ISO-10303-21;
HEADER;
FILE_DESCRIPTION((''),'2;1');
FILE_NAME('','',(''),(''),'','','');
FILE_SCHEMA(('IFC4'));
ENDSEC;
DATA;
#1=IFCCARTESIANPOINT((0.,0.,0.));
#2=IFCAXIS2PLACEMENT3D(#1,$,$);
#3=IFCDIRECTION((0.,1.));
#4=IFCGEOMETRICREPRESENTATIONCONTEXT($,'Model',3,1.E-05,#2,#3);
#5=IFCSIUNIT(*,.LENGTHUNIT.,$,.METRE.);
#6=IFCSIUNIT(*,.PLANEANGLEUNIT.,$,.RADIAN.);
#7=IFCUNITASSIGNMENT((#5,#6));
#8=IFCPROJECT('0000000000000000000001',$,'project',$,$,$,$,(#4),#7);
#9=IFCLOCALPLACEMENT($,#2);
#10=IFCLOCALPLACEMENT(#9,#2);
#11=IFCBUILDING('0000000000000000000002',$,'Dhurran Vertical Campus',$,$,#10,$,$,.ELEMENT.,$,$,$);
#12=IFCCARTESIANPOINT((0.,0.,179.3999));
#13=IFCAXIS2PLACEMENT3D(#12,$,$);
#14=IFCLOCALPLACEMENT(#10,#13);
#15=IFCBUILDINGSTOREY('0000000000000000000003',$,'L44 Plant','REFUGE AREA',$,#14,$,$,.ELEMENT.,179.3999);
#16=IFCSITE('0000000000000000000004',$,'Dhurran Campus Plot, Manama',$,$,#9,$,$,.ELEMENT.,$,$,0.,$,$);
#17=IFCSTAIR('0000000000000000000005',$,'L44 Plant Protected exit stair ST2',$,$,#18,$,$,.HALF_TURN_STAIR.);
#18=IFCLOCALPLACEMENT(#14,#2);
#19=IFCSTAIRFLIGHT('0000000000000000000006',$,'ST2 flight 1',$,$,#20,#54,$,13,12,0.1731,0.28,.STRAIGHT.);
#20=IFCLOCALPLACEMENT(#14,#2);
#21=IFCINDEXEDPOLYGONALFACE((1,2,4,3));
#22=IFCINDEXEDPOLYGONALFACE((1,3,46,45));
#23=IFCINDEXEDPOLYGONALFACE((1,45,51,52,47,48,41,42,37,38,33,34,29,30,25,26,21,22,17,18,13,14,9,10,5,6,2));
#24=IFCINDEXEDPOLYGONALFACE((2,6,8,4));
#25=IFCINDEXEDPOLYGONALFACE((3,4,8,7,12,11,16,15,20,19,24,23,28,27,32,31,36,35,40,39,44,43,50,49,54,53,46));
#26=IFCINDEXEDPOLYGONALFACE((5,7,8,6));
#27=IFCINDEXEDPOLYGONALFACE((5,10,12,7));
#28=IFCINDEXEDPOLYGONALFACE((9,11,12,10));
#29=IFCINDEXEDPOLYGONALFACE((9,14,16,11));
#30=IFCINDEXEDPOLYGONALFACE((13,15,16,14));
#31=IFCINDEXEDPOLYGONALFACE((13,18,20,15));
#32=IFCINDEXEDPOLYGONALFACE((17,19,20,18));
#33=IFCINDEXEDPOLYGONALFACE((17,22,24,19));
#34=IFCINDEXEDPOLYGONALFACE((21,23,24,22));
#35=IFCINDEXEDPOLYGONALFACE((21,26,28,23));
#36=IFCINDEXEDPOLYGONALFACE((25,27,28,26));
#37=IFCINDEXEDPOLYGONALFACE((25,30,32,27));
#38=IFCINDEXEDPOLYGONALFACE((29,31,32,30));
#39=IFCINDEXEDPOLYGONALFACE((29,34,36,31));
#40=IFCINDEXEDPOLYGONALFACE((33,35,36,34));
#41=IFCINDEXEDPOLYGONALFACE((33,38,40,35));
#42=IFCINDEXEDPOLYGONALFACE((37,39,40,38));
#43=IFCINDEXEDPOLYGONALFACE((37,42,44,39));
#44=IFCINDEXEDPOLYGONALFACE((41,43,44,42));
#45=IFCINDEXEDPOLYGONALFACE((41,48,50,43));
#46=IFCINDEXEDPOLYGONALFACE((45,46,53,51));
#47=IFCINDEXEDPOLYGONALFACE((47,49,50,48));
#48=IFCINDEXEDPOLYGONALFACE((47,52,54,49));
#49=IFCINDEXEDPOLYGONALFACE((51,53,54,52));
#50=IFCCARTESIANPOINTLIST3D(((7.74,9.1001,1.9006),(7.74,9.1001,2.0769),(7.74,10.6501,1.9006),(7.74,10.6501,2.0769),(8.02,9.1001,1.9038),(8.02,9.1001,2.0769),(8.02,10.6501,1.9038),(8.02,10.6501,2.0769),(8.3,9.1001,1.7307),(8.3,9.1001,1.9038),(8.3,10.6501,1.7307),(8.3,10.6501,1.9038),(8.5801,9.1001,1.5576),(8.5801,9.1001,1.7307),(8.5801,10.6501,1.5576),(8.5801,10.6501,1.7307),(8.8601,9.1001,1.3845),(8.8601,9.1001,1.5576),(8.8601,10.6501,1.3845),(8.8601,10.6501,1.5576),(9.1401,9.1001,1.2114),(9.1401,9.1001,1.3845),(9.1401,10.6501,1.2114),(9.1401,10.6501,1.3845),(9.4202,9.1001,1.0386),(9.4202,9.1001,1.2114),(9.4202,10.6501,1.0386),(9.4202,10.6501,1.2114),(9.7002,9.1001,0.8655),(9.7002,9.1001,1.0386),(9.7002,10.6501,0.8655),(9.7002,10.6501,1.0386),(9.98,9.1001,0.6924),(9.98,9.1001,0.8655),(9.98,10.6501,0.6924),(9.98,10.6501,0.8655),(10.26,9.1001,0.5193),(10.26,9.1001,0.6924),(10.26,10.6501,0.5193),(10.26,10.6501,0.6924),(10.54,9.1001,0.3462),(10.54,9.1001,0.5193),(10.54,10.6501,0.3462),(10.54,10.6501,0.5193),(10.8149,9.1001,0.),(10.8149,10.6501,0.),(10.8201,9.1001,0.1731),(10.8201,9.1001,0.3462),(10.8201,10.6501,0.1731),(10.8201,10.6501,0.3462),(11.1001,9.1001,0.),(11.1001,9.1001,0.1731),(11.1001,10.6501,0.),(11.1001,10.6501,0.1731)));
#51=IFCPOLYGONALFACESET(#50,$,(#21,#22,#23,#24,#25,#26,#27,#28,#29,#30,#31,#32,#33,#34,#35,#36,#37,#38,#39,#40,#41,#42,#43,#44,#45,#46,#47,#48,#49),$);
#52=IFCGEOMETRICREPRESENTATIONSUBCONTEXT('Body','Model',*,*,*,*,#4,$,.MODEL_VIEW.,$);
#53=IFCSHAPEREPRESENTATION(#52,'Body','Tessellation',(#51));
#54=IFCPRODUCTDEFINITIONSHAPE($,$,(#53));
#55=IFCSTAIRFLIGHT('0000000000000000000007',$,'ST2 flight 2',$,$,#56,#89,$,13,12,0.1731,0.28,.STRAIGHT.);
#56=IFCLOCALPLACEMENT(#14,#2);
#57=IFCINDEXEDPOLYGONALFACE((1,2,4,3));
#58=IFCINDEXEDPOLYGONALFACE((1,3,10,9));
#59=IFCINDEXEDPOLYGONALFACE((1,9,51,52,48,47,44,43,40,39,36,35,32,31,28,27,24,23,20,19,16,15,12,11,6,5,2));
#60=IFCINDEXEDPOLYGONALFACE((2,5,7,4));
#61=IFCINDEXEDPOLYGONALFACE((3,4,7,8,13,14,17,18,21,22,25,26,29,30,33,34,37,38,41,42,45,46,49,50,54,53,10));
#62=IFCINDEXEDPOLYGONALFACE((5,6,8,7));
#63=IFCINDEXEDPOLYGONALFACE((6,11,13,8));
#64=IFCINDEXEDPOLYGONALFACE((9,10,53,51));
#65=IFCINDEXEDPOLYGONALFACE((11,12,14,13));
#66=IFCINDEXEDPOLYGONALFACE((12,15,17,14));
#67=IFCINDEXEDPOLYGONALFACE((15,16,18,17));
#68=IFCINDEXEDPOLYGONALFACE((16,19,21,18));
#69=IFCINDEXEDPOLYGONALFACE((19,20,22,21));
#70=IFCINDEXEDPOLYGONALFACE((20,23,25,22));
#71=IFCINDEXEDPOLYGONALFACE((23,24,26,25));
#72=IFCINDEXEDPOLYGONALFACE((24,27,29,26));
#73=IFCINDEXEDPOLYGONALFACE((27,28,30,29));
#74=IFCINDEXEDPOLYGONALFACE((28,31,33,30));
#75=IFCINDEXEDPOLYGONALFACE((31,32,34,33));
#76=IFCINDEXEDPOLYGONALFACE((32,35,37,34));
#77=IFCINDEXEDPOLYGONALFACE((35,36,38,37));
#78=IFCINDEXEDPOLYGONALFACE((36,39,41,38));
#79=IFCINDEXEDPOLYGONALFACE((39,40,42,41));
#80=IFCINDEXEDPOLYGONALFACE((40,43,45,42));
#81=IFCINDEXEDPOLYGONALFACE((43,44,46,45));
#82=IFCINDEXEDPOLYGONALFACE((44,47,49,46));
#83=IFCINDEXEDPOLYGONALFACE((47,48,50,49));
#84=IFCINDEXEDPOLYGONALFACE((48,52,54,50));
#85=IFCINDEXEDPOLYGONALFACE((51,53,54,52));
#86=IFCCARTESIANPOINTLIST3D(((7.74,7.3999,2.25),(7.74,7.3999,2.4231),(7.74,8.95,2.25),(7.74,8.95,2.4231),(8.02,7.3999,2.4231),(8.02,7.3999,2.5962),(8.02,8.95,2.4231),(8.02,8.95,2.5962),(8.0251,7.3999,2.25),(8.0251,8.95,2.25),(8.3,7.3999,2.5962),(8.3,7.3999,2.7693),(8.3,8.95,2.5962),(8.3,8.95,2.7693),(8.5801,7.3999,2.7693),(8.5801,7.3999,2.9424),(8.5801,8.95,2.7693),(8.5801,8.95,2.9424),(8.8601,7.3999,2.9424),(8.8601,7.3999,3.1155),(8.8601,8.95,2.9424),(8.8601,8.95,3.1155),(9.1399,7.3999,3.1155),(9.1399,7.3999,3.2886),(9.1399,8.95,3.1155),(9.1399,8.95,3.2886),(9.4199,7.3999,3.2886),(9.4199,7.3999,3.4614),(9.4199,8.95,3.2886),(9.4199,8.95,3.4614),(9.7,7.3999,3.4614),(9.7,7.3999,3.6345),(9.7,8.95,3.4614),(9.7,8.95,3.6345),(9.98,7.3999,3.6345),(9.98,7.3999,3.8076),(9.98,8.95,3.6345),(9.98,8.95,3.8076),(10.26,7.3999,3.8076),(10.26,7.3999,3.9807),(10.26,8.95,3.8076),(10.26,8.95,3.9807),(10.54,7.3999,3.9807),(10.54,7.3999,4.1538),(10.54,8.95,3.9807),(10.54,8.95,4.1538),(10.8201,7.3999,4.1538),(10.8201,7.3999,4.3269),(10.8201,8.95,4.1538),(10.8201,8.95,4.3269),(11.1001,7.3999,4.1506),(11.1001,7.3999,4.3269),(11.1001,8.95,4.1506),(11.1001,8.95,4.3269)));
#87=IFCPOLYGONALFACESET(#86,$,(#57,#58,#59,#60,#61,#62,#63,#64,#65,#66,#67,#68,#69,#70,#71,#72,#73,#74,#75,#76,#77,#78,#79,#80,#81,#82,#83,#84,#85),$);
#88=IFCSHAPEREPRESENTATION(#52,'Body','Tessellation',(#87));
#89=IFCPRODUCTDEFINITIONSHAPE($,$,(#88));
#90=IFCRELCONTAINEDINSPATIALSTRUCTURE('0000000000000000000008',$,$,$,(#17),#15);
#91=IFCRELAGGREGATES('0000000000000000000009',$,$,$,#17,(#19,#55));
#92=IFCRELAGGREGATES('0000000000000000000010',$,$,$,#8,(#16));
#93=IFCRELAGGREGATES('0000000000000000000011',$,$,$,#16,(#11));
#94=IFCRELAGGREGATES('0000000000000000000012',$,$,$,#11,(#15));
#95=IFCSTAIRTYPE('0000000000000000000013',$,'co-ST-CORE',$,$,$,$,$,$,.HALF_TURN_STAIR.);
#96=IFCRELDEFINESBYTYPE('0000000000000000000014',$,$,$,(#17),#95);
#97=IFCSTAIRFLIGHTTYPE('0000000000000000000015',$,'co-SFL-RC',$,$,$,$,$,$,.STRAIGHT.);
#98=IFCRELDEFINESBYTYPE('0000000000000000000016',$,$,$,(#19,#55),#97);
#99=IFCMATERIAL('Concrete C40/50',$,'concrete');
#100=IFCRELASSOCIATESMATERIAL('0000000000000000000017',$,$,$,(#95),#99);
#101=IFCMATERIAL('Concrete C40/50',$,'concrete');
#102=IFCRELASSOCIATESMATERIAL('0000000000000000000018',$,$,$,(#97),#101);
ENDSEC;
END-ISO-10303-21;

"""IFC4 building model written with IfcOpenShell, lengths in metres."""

from ifc_helpers import new_model, si_unit, direction, frame, origin, place, context, subcontext, project, spatial, polyline, outline, extrude, material, type_object, element, aggregate, save


model = new_model("IFC4")

# Units and contexts
model_context = context("Model", 3, precision=1e-05, world=origin(), true_north=direction((0.0, 1.0)))
body_context = subcontext(model_context, "Body", "Model", "MODEL_VIEW")
ifc_project = project(units=[si_unit("LENGTHUNIT", "METRE"), si_unit("PLANEANGLEUNIT", "RADIAN")], contexts=[model_context])

# Site, building, storey
site_placement = place(None, origin())
site = spatial("IfcSite", under=ifc_project, at=site_placement, Name="Dhurran Campus Plot, Manama", CompositionType="ELEMENT", RefElevation=0.0)
building_placement = place(site_placement, origin())
building = spatial("IfcBuilding", under=site, at=building_placement, Name="Dhurran Vertical Campus", CompositionType="ELEMENT")
storey_placement = place(building_placement, frame((0.0, 0.0, 179.3999)))
storey = spatial("IfcBuildingStorey", under=building, at=storey_placement, Name="L44 Plant", Description="REFUGE AREA", CompositionType="ELEMENT", Elevation=179.3999)

# Stair, stair flights
ifc_material_1 = material(Name="Concrete C40/50", Category="concrete")
stair_type = type_object("IfcStairType", Name="co-ST-CORE", PredefinedType="HALF_TURN_STAIR", material=ifc_material_1)
stair_placement = place(storey_placement, origin())
stair = element("IfcStair", 1, at=stair_placement, inside=storey, type_object=stair_type, Name="L44 Plant Protected exit stair ST2", PredefinedType="HALF_TURN_STAIR")
ifc_material_2 = material(Name="Concrete C40/50", Category="concrete")
stair_flight_type = type_object("IfcStairFlightType", Name="co-SFL-RC", PredefinedType="STRAIGHT", material=ifc_material_2)
stair_flight_1_placement = place(storey_placement, frame((11.1001, 9.875, 0.0), z_axis=(0.0, 0.0, 1.0), x_axis=(-1.0, 0.0, 0.0)))
stair_flight_1 = element("IfcStairFlight", 2, at=stair_flight_1_placement, type_object=stair_flight_type, Name="ST2 flight 1", NumberOfRisers=13, NumberOfTreads=12, PredefinedType="STRAIGHT", RiserHeight=0.1731, TreadLength=0.28, context=body_context, shape_type="SweptSolid", body=[
    extrude(outline(polyline([(0.0, 0.0), (0.0, 0.1731), (0.28, 0.1731), (0.28, 0.3462), (0.5601, 0.3462), (0.5601, 0.5193), (0.8401, 0.5193), (0.8401, 0.6924), (1.1201, 0.6924), (1.1201, 0.8655), (1.3999, 0.8655), (1.3999, 1.0386), (1.6799, 1.0386), (1.6799, 1.2114), (1.96, 1.2114), (1.96, 1.3845), (2.24, 1.3845), (2.24, 1.5576), (2.52, 1.5576), (2.52, 1.7307), (2.8, 1.7307), (2.8, 1.9038), (3.0801, 1.9038), (3.0801, 2.0769), (3.3601, 2.0769), (3.3601, 2.25), (3.3601, 1.9006), (0.2852, 0.0), (0.0, 0.0)])), frame((0.0, 0.7749, 0.0), z_axis=(0.0, -1.0, 0.0), x_axis=(1.0, 0.0, 0.0)), (0.0, 0.0, 1.0), 1.55),
])
stair_flight_2_placement = place(storey_placement, frame((7.74, 8.175, 2.25), z_axis=(0.0, 0.0, 1.0), x_axis=(1.0, 0.0, 0.0)))
stair_flight_2 = element("IfcStairFlight", 3, at=stair_flight_2_placement, type_object=stair_flight_type, Name="ST2 flight 2", NumberOfRisers=13, NumberOfTreads=12, PredefinedType="STRAIGHT", RiserHeight=0.1731, TreadLength=0.28, context=body_context, shape_type="SweptSolid", body=[
    extrude(outline(polyline([(0.0, 0.0), (0.0, 0.1731), (0.28, 0.1731), (0.28, 0.3462), (0.5601, 0.3462), (0.5601, 0.5193), (0.8401, 0.5193), (0.8401, 0.6924), (1.1201, 0.6924), (1.1201, 0.8655), (1.3999, 0.8655), (1.3999, 1.0386), (1.6799, 1.0386), (1.6799, 1.2114), (1.96, 1.2114), (1.96, 1.3845), (2.24, 1.3845), (2.24, 1.5576), (2.52, 1.5576), (2.52, 1.7307), (2.8, 1.7307), (2.8, 1.9038), (3.0801, 1.9038), (3.0801, 2.0769), (3.3601, 2.0769), (3.3601, 2.25), (3.3601, 1.9006), (0.2852, 0.0), (0.0, 0.0)])), frame((0.0, 0.7749, 0.0), z_axis=(0.0, -1.0, 0.0), x_axis=(1.0, 0.0, 0.0)), (0.0, 0.0, 1.0), 1.55),
])
aggregate(stair, [stair_flight_1, stair_flight_2])

save(model, "model.ifc")
